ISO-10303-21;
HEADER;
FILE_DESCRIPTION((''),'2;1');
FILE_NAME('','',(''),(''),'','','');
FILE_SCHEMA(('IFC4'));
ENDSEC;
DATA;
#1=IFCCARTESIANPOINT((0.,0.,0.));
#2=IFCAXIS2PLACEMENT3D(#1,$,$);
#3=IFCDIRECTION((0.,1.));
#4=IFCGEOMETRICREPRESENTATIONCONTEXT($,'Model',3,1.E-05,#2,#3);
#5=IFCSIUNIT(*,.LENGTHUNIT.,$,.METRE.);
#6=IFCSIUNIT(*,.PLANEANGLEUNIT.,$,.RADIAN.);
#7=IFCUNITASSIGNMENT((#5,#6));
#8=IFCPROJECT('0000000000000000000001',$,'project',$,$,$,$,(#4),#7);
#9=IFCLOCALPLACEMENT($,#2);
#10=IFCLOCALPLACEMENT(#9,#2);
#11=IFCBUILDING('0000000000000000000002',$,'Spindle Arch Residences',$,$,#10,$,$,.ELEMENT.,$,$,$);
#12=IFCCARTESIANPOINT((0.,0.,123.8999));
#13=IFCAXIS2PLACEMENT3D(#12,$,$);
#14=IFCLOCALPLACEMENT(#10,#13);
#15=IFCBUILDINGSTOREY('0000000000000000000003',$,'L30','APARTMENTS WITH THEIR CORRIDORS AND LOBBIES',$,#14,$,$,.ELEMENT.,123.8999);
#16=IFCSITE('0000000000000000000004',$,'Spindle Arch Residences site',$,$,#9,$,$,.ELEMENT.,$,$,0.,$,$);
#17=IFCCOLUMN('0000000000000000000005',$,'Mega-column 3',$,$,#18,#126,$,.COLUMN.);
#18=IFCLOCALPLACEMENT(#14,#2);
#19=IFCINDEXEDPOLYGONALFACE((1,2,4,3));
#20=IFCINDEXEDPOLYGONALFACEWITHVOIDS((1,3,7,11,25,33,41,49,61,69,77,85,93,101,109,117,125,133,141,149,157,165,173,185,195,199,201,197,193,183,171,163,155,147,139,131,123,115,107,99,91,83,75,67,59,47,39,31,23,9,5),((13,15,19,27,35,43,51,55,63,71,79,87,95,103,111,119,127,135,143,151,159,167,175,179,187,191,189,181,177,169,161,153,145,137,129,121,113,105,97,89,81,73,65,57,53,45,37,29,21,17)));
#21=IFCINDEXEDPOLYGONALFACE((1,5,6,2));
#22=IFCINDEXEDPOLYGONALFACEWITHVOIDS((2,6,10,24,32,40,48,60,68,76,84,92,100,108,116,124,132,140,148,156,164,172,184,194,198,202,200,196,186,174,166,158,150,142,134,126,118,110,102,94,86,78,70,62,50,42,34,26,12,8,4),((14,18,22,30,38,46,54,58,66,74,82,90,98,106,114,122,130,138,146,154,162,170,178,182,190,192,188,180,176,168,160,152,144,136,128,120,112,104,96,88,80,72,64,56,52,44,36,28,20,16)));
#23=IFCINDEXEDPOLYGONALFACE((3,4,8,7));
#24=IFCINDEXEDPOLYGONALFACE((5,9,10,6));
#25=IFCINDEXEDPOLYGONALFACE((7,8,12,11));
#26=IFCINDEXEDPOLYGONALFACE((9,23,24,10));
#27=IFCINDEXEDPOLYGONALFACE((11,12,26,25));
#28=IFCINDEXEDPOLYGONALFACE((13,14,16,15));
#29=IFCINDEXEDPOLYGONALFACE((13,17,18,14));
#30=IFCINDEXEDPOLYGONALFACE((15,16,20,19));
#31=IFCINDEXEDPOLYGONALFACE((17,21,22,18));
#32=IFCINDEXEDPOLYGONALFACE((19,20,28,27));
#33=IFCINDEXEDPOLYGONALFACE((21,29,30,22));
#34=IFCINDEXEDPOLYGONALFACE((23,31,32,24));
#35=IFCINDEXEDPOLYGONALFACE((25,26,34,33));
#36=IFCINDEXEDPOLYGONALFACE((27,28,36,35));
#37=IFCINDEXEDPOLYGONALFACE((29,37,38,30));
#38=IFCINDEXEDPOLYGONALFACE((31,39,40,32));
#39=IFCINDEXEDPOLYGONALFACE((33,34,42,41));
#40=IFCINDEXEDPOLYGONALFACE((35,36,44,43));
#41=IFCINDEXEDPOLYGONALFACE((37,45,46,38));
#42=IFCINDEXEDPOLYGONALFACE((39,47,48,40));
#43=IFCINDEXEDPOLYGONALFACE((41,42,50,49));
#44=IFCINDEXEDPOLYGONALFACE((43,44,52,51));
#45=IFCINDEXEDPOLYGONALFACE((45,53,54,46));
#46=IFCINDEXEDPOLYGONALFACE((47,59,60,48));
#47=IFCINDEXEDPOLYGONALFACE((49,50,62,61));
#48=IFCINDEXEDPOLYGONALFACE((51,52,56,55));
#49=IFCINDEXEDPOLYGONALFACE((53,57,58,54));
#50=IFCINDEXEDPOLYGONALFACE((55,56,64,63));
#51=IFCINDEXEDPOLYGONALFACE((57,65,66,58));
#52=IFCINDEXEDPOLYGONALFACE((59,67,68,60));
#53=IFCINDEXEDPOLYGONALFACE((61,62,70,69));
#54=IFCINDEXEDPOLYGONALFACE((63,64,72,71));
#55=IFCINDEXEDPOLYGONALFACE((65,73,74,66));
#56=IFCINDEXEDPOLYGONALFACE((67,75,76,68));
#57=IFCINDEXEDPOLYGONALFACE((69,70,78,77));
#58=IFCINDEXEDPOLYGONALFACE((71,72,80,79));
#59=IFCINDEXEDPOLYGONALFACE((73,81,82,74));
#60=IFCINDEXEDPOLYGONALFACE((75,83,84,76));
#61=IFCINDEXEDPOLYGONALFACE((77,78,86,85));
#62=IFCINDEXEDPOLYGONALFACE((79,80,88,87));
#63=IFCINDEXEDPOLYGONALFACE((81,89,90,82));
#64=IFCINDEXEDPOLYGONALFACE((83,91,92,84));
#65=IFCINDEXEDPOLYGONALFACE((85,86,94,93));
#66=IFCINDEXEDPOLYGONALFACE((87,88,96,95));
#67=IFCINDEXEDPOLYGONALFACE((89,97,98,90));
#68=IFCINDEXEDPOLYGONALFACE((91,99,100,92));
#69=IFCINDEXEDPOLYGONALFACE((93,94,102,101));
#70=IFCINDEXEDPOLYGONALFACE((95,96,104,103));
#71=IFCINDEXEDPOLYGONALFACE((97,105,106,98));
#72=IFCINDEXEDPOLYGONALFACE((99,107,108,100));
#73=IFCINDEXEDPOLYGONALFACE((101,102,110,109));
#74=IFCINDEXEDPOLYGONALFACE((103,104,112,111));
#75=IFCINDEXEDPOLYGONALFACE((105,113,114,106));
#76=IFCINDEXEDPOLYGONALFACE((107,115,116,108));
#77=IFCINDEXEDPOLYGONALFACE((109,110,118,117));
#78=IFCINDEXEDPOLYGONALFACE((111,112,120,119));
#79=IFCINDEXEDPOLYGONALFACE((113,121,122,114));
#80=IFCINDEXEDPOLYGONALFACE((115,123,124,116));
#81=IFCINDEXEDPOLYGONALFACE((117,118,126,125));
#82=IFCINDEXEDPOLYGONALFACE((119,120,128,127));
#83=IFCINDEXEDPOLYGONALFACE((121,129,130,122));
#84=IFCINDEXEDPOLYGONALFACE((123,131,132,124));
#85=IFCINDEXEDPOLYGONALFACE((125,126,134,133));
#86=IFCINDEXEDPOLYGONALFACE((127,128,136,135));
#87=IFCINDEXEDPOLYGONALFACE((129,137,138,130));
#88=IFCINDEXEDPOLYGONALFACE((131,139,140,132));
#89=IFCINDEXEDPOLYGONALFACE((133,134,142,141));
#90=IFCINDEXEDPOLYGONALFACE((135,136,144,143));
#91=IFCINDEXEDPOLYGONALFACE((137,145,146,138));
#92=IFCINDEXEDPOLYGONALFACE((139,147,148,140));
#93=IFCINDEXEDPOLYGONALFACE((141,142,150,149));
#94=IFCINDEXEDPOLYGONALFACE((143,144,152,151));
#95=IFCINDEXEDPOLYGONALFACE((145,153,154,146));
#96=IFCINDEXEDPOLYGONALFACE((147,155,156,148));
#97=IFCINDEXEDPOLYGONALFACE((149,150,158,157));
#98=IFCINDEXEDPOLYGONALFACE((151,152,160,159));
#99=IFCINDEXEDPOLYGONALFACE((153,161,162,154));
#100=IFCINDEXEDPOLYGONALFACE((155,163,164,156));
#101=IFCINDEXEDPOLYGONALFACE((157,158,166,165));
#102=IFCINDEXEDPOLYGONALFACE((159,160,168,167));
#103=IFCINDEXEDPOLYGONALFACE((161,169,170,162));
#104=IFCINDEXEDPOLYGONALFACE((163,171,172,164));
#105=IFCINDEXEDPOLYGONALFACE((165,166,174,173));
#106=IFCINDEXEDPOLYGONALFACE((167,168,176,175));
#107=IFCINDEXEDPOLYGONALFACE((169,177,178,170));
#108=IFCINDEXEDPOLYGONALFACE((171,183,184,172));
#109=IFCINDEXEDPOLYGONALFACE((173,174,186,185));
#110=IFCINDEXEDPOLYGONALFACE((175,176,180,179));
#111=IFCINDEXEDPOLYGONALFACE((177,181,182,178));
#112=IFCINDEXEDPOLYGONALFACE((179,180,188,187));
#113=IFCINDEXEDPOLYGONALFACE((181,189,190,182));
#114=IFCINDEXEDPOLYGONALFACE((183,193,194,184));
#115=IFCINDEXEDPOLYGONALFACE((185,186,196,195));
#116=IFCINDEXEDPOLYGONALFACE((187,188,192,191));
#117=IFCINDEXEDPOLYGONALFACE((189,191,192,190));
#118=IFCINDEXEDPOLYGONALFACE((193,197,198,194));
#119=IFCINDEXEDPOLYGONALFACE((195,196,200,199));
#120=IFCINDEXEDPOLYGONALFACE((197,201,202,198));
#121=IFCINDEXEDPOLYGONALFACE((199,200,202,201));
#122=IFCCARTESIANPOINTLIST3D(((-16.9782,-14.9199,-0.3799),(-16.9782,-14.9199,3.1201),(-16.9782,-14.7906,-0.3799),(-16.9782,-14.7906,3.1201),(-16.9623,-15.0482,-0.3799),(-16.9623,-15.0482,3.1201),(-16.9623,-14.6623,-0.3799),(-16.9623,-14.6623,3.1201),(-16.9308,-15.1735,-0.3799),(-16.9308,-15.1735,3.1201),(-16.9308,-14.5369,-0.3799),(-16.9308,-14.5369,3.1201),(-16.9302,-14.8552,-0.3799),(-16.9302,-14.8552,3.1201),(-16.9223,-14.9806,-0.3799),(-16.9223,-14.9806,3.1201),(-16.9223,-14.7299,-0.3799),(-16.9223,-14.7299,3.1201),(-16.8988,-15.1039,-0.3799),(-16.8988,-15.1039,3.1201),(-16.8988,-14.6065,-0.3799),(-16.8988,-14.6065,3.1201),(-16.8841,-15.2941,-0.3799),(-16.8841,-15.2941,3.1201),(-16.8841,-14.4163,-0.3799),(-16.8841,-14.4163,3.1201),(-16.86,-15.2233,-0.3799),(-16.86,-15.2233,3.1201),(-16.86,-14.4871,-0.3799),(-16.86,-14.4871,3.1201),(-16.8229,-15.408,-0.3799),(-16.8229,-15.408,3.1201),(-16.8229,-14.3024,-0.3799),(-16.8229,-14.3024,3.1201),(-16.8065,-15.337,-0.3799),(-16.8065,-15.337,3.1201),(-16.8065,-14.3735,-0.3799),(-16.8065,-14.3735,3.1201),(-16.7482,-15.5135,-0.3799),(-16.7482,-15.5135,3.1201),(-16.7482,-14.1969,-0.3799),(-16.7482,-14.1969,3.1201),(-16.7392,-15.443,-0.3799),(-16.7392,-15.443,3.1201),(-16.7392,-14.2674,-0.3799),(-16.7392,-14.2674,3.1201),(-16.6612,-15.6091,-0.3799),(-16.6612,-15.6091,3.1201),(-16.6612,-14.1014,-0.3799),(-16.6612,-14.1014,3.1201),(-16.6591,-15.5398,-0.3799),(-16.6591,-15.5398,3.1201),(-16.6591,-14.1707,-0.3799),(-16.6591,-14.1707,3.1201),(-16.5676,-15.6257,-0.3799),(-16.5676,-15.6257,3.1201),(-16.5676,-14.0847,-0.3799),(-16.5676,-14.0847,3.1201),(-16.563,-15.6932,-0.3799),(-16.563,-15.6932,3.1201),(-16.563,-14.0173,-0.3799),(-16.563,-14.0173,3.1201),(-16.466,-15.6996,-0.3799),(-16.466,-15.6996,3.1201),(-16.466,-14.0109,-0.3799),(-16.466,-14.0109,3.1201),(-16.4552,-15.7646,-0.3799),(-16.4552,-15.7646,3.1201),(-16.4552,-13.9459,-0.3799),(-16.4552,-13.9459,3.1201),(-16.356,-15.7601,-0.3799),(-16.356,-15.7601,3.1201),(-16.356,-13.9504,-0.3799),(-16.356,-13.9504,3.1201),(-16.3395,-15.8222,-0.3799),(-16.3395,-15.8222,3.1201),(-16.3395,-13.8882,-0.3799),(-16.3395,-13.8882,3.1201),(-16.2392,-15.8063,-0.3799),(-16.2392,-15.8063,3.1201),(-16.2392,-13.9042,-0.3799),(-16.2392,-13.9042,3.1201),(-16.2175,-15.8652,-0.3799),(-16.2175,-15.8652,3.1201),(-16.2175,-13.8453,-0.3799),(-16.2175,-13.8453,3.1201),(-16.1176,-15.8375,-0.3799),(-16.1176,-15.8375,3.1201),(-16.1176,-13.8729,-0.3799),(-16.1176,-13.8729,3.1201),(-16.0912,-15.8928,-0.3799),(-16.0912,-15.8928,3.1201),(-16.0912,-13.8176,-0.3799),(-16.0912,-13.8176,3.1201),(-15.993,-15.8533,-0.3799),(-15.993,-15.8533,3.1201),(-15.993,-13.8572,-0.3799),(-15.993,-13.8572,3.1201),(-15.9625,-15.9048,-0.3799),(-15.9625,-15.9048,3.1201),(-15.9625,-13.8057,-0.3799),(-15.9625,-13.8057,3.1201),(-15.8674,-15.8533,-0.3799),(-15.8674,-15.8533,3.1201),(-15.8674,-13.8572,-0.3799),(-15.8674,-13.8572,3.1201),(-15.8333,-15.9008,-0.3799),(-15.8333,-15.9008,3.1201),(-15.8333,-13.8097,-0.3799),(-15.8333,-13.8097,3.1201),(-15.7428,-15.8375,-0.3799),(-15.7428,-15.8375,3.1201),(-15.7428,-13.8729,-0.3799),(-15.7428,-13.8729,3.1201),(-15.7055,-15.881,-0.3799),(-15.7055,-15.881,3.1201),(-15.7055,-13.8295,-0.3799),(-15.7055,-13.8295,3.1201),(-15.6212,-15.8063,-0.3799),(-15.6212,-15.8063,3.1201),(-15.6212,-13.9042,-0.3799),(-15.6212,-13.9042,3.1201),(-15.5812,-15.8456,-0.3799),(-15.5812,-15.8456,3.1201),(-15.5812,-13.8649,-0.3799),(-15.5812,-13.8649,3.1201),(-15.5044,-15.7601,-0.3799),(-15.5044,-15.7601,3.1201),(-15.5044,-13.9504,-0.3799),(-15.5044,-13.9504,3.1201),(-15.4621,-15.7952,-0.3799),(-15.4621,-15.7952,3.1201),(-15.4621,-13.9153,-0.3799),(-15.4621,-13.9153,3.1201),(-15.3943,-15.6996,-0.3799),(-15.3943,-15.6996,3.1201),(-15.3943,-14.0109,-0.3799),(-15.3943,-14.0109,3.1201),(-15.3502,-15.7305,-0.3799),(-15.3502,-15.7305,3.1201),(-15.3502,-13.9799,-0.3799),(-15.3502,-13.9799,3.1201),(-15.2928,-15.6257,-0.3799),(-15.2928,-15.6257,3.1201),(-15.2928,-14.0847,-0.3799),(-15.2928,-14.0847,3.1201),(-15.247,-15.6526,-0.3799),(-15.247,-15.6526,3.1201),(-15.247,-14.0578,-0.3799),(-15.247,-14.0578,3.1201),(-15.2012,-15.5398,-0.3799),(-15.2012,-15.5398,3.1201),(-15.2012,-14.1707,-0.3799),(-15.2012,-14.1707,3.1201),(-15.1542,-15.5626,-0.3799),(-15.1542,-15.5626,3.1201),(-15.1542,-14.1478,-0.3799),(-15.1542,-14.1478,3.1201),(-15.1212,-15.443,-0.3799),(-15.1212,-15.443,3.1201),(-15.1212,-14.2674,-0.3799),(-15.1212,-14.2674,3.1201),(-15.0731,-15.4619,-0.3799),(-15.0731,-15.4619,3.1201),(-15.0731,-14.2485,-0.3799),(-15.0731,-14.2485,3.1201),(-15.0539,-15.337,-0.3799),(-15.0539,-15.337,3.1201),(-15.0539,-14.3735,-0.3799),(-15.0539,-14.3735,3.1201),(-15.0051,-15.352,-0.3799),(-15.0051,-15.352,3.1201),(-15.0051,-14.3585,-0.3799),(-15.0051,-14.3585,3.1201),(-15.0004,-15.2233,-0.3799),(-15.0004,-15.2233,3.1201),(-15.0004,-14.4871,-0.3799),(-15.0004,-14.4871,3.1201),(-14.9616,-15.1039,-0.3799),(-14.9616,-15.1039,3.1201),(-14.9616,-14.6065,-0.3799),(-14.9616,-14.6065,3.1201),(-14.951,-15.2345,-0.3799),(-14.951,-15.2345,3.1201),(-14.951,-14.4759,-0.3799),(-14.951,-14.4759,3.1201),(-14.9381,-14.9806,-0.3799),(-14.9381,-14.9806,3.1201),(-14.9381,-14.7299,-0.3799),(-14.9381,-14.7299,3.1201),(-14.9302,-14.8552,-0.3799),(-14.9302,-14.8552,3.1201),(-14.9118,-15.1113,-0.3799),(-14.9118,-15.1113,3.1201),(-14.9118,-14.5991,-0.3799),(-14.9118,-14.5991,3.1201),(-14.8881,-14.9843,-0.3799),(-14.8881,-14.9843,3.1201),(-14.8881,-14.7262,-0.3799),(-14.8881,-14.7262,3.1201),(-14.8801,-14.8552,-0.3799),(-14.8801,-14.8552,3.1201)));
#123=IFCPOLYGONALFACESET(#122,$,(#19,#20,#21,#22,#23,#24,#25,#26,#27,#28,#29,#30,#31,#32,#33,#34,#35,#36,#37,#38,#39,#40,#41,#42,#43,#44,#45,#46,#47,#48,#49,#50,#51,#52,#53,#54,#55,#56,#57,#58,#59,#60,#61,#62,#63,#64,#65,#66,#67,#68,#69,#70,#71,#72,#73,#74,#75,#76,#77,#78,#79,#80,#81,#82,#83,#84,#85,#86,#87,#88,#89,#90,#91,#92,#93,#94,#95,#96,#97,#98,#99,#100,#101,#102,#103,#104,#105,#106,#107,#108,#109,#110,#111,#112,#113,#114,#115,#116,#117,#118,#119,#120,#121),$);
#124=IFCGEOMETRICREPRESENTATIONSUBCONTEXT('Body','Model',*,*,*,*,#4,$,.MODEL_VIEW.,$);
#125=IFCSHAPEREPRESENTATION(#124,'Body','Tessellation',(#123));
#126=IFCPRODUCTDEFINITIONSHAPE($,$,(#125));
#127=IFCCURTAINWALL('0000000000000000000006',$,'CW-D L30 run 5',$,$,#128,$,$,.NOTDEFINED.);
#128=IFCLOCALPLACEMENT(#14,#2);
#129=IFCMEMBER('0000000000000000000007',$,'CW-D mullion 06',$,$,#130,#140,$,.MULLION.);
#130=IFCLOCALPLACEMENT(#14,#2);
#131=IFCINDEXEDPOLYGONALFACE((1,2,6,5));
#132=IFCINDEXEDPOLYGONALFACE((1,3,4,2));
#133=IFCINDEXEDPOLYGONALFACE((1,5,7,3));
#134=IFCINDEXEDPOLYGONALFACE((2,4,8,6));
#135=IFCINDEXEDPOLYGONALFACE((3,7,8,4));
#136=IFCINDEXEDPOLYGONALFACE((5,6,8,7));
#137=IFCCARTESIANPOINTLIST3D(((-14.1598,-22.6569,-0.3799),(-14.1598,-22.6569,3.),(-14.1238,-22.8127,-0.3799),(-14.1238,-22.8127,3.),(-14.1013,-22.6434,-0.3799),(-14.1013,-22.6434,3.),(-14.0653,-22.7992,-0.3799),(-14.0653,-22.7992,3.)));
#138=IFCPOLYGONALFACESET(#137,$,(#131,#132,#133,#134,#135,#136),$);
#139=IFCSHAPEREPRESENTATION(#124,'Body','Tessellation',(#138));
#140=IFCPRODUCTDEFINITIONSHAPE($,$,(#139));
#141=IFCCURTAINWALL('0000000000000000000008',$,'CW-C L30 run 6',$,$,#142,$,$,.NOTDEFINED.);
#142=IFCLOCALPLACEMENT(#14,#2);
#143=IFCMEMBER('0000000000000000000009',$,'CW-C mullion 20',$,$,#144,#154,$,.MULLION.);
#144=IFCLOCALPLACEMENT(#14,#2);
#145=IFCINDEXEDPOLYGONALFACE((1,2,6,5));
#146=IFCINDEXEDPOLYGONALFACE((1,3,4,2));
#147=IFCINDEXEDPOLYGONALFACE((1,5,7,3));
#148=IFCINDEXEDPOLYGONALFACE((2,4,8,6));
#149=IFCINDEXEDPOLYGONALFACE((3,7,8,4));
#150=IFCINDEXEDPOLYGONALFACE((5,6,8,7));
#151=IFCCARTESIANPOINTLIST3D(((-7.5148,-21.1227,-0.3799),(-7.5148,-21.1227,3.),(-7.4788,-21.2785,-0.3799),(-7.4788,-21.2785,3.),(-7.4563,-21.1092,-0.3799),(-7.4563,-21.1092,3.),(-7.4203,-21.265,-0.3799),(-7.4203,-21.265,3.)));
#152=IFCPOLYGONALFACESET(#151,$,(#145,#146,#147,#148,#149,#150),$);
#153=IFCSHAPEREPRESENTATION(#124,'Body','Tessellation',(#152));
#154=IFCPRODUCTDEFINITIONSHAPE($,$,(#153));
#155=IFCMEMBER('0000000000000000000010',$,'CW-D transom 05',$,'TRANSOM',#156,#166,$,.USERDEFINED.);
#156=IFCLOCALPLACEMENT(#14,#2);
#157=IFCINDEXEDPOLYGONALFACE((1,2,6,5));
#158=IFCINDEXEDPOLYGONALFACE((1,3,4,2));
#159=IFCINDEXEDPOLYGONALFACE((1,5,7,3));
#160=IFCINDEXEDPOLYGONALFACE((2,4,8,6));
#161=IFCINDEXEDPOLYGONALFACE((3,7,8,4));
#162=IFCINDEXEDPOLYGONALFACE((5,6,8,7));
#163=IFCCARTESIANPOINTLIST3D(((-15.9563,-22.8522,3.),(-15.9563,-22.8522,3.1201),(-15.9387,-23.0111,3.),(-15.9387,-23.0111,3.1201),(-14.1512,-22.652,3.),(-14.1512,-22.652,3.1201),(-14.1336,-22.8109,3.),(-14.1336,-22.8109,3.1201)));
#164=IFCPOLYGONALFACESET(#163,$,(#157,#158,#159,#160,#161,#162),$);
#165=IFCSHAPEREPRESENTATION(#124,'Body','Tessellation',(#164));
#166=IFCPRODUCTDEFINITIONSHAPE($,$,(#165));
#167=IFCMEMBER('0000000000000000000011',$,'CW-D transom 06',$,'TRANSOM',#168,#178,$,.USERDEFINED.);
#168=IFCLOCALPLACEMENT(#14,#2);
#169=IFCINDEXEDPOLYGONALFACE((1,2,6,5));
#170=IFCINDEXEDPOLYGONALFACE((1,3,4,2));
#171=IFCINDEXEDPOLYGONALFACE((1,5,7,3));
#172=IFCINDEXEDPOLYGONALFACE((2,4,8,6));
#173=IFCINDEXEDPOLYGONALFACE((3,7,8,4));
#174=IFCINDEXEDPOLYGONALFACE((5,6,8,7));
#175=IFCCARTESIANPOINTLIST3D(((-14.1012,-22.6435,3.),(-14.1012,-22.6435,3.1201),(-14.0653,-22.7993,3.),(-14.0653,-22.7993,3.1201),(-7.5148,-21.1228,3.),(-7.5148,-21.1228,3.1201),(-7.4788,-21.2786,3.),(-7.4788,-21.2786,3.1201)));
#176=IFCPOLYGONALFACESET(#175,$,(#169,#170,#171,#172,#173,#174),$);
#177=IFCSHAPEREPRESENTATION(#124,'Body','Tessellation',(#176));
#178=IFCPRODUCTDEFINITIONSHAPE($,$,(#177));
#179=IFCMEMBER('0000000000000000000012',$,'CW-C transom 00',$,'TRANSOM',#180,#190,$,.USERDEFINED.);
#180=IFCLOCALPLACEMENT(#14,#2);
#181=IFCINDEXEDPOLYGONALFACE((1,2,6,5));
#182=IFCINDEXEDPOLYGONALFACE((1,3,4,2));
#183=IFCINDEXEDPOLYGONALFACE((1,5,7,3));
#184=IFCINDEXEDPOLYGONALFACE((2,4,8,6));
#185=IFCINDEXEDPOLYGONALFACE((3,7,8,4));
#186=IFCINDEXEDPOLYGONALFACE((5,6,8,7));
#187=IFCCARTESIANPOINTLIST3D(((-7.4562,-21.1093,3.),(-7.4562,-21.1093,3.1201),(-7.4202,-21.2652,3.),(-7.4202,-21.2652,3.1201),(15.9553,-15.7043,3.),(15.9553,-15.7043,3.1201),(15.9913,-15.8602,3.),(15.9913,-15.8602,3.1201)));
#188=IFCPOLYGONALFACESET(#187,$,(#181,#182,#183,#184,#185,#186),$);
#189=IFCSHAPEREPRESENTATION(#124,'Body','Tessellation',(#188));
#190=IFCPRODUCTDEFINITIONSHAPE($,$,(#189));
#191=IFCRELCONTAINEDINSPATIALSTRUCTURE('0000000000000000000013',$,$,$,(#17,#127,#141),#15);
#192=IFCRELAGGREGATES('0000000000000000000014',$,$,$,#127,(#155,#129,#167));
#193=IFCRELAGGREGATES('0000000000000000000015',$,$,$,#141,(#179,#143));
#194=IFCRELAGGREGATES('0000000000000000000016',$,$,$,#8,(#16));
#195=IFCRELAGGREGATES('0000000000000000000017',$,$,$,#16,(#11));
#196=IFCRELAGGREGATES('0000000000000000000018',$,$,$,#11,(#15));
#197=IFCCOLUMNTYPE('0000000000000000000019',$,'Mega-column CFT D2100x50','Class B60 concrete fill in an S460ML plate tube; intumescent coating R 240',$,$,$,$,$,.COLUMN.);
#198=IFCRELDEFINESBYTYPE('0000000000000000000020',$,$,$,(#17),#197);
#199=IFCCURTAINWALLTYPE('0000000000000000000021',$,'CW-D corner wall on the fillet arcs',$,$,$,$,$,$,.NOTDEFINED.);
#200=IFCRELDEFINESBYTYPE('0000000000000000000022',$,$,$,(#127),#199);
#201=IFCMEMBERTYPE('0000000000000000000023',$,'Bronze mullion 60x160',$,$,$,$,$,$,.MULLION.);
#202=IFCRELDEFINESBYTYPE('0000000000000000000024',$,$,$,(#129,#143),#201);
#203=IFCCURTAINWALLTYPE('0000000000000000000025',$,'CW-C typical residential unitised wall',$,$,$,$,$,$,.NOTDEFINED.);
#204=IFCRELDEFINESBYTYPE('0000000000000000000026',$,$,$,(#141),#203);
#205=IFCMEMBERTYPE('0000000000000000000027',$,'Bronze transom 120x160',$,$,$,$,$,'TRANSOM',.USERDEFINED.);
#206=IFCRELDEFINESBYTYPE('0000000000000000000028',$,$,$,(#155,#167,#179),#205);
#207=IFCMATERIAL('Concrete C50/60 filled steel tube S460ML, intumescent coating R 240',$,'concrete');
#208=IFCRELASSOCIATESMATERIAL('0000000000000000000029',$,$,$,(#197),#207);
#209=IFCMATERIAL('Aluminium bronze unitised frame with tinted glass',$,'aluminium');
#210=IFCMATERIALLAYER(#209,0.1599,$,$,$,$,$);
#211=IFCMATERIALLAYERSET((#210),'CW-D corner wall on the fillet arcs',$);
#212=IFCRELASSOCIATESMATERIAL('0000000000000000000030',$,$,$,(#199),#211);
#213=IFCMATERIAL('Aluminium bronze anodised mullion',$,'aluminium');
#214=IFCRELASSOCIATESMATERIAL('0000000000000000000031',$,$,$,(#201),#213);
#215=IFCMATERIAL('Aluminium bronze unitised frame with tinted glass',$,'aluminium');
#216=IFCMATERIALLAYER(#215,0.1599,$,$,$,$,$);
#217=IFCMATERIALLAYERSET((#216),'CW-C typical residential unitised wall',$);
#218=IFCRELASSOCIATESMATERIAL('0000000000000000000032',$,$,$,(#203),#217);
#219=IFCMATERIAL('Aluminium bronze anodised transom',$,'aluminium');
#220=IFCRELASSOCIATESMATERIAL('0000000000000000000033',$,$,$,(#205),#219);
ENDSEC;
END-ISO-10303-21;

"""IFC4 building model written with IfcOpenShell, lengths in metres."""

from ifc_helpers import new_model, si_unit, direction, frame, origin, origin_2d, place, context, subcontext, project, spatial, rectangle, hollow_circle, extrude, material, layer, layer_set, material_profile, profile_set, type_object, element, aggregate, save


model = new_model("IFC4")

# Units and contexts
model_context = context("Model", 3, precision=1e-05, world=origin(), true_north=direction((0.0, 1.0)))
body_context = subcontext(model_context, "Body", "Model", "MODEL_VIEW")
ifc_project = project(units=[si_unit("LENGTHUNIT", "METRE"), si_unit("PLANEANGLEUNIT", "RADIAN")], contexts=[model_context])

# Site, building, storey
site_placement = place(None, origin())
site = spatial("IfcSite", under=ifc_project, at=site_placement, Name="Spindle Arch Residences site", CompositionType="ELEMENT", RefElevation=0.0)
building_placement = place(site_placement, origin())
building = spatial("IfcBuilding", under=site, at=building_placement, Name="Spindle Arch Residences", CompositionType="ELEMENT")
storey_placement = place(building_placement, frame((0.0, 0.0, 123.8999)))
storey = spatial("IfcBuildingStorey", under=building, at=storey_placement, Name="L30", Description="APARTMENTS WITH THEIR CORRIDORS AND LOBBIES", CompositionType="ELEMENT", Elevation=123.8999)

# Column
ifc_material_1 = material(Name="Concrete C50/60 filled steel tube S460ML, intumescent coating R 240", Category="concrete")
ifc_material_profile_1 = material_profile(ifc_material_1, hollow_circle(Radius=1.05, WallThickness=0.05, at=origin_2d()), Name="CFT D2100x50")
ifc_profile_set_1 = profile_set([ifc_material_profile_1], Name="Concrete C50/60 filled steel tube S460ML, intumescent coating R 240")
column_type_1 = type_object("IfcColumnType", Name="Mega-column CFT D2100x50", Description="Class B60 concrete fill in an S460ML plate tube; intumescent coating R 240", PredefinedType="COLUMN", material=ifc_profile_set_1)
column_placement = place(storey_placement, frame((-15.9302, -14.8552, -0.3799), z_axis=(0.0, 0.0, 1.0), x_axis=(1.0, 0.0, 0.0)))
element("IfcColumn", 1, at=column_placement, inside=storey, type_object=column_type_1, Name="Mega-column 3", PredefinedType="COLUMN", context=body_context, shape_type="SweptSolid", body=[
    extrude(hollow_circle(Radius=1.05, WallThickness=0.05, at=origin_2d()), origin(), (0.0, 0.0, 1.0), 3.5),
])

# Curtain walls, members
ifc_material_2 = material(Name="Aluminium bronze unitised frame with tinted glass", Category="aluminium")
ifc_layer_1 = layer(ifc_material_2, 0.1599)
ifc_layer_set_1 = layer_set([ifc_layer_1], Name="CW-D corner wall on the fillet arcs")
curtain_wall_type_1 = type_object("IfcCurtainWallType", Name="CW-D corner wall on the fillet arcs", PredefinedType="NOTDEFINED", material=ifc_layer_set_1)
curtain_wall_1_placement = place(storey_placement, origin())
curtain_wall_1 = element("IfcCurtainWall", 2, at=curtain_wall_1_placement, inside=storey, type_object=curtain_wall_type_1, Name="CW-D L30 run 5", PredefinedType="NOTDEFINED")
ifc_material_3 = material(Name="Aluminium bronze anodised mullion", Category="aluminium")
ifc_material_profile_2 = material_profile(ifc_material_3, rectangle(XDim=0.1599, YDim=0.0601, at=origin_2d()), Name="MU 60x160")
ifc_profile_set_2 = profile_set([ifc_material_profile_2], Name="Aluminium bronze anodised mullion")
member_type_1 = type_object("IfcMemberType", Name="Bronze mullion 60x160", PredefinedType="MULLION", material=ifc_profile_set_2)
member_1_placement = place(storey_placement, frame((-14.1125, -22.728, -0.3799), z_axis=(0.0, 0.0, 1.0), x_axis=(-0.224951, 0.97437, 0.0)))
member_1 = element("IfcMember", 3, at=member_1_placement, type_object=member_type_1, Name="CW-D mullion 06", PredefinedType="MULLION", context=body_context, shape_type="SweptSolid", body=[
    extrude(rectangle(XDim=0.1599, YDim=0.0601, at=origin_2d()), origin(), (0.0, 0.0, 1.0), 3.3799),
])
ifc_material_4 = material(Name="Aluminium bronze unitised frame with tinted glass", Category="aluminium")
ifc_layer_2 = layer(ifc_material_4, 0.1599)
ifc_layer_set_2 = layer_set([ifc_layer_2], Name="CW-C typical residential unitised wall")
curtain_wall_type_2 = type_object("IfcCurtainWallType", Name="CW-C typical residential unitised wall", PredefinedType="NOTDEFINED", material=ifc_layer_set_2)
curtain_wall_2_placement = place(storey_placement, origin())
curtain_wall_2 = element("IfcCurtainWall", 4, at=curtain_wall_2_placement, inside=storey, type_object=curtain_wall_type_2, Name="CW-C L30 run 6", PredefinedType="NOTDEFINED")
member_2_placement = place(storey_placement, frame((-7.4675, -21.1938, -0.3799), z_axis=(0.0, 0.0, 1.0), x_axis=(-0.224951, 0.97437, 0.0)))
member_2 = element("IfcMember", 5, at=member_2_placement, type_object=member_type_1, Name="CW-C mullion 20", PredefinedType="MULLION", context=body_context, shape_type="SweptSolid", body=[
    extrude(rectangle(XDim=0.1599, YDim=0.0601, at=origin_2d()), origin(), (0.0, 0.0, 1.0), 3.3799),
])

# Members
ifc_material_5 = material(Name="Aluminium bronze anodised transom", Category="aluminium")
ifc_material_profile_3 = material_profile(ifc_material_5, rectangle(XDim=0.1599, YDim=0.1201, at=origin_2d()), Name="TR 120x160")
ifc_profile_set_3 = profile_set([ifc_material_profile_3], Name="Aluminium bronze anodised transom")
member_type_2 = type_object("IfcMemberType", Name="Bronze transom 120x160", ElementType="TRANSOM", PredefinedType="USERDEFINED", material=ifc_profile_set_3)
member_3_placement = place(storey_placement, frame((-15.9475, -22.9316, 3.0601), z_axis=(0.993907, 0.110225, 0.0), x_axis=(-0.110225, 0.993907, 0.0)))
member_3 = element("IfcMember", 6, at=member_3_placement, type_object=member_type_2, Name="CW-D transom 05", ObjectType="TRANSOM", PredefinedType="USERDEFINED", context=body_context, shape_type="SweptSolid", body=[
    extrude(rectangle(XDim=0.1599, YDim=0.1201, at=origin_2d()), origin(), (0.0, 0.0, 1.0), 1.8162),
])
member_4_placement = place(storey_placement, frame((-14.0833, -22.7214, 3.0601), z_axis=(0.974365, 0.224973, 0.0), x_axis=(-0.224973, 0.974365, 0.0)))
member_4 = element("IfcMember", 7, at=member_4_placement, type_object=member_type_2, Name="CW-D transom 06", ObjectType="TRANSOM", PredefinedType="USERDEFINED", context=body_context, shape_type="SweptSolid", body=[
    extrude(rectangle(XDim=0.1599, YDim=0.1201, at=origin_2d()), origin(), (0.0, 0.0, 1.0), 6.7598),
])
member_5_placement = place(storey_placement, frame((-7.4382, -21.1873, 3.0601), z_axis=(0.97437, 0.224952, 0.0), x_axis=(-0.224952, 0.97437, 0.0)))
member_5 = element("IfcMember", 8, at=member_5_placement, type_object=member_type_2, Name="CW-C transom 00", ObjectType="TRANSOM", PredefinedType="USERDEFINED", context=body_context, shape_type="SweptSolid", body=[
    extrude(rectangle(XDim=0.1599, YDim=0.1201, at=origin_2d()), origin(), (0.0, 0.0, 1.0), 24.0273),
])

aggregate(curtain_wall_1, [member_3, member_1, member_4])
aggregate(curtain_wall_2, [member_5, member_2])

save(model, "model.ifc")
